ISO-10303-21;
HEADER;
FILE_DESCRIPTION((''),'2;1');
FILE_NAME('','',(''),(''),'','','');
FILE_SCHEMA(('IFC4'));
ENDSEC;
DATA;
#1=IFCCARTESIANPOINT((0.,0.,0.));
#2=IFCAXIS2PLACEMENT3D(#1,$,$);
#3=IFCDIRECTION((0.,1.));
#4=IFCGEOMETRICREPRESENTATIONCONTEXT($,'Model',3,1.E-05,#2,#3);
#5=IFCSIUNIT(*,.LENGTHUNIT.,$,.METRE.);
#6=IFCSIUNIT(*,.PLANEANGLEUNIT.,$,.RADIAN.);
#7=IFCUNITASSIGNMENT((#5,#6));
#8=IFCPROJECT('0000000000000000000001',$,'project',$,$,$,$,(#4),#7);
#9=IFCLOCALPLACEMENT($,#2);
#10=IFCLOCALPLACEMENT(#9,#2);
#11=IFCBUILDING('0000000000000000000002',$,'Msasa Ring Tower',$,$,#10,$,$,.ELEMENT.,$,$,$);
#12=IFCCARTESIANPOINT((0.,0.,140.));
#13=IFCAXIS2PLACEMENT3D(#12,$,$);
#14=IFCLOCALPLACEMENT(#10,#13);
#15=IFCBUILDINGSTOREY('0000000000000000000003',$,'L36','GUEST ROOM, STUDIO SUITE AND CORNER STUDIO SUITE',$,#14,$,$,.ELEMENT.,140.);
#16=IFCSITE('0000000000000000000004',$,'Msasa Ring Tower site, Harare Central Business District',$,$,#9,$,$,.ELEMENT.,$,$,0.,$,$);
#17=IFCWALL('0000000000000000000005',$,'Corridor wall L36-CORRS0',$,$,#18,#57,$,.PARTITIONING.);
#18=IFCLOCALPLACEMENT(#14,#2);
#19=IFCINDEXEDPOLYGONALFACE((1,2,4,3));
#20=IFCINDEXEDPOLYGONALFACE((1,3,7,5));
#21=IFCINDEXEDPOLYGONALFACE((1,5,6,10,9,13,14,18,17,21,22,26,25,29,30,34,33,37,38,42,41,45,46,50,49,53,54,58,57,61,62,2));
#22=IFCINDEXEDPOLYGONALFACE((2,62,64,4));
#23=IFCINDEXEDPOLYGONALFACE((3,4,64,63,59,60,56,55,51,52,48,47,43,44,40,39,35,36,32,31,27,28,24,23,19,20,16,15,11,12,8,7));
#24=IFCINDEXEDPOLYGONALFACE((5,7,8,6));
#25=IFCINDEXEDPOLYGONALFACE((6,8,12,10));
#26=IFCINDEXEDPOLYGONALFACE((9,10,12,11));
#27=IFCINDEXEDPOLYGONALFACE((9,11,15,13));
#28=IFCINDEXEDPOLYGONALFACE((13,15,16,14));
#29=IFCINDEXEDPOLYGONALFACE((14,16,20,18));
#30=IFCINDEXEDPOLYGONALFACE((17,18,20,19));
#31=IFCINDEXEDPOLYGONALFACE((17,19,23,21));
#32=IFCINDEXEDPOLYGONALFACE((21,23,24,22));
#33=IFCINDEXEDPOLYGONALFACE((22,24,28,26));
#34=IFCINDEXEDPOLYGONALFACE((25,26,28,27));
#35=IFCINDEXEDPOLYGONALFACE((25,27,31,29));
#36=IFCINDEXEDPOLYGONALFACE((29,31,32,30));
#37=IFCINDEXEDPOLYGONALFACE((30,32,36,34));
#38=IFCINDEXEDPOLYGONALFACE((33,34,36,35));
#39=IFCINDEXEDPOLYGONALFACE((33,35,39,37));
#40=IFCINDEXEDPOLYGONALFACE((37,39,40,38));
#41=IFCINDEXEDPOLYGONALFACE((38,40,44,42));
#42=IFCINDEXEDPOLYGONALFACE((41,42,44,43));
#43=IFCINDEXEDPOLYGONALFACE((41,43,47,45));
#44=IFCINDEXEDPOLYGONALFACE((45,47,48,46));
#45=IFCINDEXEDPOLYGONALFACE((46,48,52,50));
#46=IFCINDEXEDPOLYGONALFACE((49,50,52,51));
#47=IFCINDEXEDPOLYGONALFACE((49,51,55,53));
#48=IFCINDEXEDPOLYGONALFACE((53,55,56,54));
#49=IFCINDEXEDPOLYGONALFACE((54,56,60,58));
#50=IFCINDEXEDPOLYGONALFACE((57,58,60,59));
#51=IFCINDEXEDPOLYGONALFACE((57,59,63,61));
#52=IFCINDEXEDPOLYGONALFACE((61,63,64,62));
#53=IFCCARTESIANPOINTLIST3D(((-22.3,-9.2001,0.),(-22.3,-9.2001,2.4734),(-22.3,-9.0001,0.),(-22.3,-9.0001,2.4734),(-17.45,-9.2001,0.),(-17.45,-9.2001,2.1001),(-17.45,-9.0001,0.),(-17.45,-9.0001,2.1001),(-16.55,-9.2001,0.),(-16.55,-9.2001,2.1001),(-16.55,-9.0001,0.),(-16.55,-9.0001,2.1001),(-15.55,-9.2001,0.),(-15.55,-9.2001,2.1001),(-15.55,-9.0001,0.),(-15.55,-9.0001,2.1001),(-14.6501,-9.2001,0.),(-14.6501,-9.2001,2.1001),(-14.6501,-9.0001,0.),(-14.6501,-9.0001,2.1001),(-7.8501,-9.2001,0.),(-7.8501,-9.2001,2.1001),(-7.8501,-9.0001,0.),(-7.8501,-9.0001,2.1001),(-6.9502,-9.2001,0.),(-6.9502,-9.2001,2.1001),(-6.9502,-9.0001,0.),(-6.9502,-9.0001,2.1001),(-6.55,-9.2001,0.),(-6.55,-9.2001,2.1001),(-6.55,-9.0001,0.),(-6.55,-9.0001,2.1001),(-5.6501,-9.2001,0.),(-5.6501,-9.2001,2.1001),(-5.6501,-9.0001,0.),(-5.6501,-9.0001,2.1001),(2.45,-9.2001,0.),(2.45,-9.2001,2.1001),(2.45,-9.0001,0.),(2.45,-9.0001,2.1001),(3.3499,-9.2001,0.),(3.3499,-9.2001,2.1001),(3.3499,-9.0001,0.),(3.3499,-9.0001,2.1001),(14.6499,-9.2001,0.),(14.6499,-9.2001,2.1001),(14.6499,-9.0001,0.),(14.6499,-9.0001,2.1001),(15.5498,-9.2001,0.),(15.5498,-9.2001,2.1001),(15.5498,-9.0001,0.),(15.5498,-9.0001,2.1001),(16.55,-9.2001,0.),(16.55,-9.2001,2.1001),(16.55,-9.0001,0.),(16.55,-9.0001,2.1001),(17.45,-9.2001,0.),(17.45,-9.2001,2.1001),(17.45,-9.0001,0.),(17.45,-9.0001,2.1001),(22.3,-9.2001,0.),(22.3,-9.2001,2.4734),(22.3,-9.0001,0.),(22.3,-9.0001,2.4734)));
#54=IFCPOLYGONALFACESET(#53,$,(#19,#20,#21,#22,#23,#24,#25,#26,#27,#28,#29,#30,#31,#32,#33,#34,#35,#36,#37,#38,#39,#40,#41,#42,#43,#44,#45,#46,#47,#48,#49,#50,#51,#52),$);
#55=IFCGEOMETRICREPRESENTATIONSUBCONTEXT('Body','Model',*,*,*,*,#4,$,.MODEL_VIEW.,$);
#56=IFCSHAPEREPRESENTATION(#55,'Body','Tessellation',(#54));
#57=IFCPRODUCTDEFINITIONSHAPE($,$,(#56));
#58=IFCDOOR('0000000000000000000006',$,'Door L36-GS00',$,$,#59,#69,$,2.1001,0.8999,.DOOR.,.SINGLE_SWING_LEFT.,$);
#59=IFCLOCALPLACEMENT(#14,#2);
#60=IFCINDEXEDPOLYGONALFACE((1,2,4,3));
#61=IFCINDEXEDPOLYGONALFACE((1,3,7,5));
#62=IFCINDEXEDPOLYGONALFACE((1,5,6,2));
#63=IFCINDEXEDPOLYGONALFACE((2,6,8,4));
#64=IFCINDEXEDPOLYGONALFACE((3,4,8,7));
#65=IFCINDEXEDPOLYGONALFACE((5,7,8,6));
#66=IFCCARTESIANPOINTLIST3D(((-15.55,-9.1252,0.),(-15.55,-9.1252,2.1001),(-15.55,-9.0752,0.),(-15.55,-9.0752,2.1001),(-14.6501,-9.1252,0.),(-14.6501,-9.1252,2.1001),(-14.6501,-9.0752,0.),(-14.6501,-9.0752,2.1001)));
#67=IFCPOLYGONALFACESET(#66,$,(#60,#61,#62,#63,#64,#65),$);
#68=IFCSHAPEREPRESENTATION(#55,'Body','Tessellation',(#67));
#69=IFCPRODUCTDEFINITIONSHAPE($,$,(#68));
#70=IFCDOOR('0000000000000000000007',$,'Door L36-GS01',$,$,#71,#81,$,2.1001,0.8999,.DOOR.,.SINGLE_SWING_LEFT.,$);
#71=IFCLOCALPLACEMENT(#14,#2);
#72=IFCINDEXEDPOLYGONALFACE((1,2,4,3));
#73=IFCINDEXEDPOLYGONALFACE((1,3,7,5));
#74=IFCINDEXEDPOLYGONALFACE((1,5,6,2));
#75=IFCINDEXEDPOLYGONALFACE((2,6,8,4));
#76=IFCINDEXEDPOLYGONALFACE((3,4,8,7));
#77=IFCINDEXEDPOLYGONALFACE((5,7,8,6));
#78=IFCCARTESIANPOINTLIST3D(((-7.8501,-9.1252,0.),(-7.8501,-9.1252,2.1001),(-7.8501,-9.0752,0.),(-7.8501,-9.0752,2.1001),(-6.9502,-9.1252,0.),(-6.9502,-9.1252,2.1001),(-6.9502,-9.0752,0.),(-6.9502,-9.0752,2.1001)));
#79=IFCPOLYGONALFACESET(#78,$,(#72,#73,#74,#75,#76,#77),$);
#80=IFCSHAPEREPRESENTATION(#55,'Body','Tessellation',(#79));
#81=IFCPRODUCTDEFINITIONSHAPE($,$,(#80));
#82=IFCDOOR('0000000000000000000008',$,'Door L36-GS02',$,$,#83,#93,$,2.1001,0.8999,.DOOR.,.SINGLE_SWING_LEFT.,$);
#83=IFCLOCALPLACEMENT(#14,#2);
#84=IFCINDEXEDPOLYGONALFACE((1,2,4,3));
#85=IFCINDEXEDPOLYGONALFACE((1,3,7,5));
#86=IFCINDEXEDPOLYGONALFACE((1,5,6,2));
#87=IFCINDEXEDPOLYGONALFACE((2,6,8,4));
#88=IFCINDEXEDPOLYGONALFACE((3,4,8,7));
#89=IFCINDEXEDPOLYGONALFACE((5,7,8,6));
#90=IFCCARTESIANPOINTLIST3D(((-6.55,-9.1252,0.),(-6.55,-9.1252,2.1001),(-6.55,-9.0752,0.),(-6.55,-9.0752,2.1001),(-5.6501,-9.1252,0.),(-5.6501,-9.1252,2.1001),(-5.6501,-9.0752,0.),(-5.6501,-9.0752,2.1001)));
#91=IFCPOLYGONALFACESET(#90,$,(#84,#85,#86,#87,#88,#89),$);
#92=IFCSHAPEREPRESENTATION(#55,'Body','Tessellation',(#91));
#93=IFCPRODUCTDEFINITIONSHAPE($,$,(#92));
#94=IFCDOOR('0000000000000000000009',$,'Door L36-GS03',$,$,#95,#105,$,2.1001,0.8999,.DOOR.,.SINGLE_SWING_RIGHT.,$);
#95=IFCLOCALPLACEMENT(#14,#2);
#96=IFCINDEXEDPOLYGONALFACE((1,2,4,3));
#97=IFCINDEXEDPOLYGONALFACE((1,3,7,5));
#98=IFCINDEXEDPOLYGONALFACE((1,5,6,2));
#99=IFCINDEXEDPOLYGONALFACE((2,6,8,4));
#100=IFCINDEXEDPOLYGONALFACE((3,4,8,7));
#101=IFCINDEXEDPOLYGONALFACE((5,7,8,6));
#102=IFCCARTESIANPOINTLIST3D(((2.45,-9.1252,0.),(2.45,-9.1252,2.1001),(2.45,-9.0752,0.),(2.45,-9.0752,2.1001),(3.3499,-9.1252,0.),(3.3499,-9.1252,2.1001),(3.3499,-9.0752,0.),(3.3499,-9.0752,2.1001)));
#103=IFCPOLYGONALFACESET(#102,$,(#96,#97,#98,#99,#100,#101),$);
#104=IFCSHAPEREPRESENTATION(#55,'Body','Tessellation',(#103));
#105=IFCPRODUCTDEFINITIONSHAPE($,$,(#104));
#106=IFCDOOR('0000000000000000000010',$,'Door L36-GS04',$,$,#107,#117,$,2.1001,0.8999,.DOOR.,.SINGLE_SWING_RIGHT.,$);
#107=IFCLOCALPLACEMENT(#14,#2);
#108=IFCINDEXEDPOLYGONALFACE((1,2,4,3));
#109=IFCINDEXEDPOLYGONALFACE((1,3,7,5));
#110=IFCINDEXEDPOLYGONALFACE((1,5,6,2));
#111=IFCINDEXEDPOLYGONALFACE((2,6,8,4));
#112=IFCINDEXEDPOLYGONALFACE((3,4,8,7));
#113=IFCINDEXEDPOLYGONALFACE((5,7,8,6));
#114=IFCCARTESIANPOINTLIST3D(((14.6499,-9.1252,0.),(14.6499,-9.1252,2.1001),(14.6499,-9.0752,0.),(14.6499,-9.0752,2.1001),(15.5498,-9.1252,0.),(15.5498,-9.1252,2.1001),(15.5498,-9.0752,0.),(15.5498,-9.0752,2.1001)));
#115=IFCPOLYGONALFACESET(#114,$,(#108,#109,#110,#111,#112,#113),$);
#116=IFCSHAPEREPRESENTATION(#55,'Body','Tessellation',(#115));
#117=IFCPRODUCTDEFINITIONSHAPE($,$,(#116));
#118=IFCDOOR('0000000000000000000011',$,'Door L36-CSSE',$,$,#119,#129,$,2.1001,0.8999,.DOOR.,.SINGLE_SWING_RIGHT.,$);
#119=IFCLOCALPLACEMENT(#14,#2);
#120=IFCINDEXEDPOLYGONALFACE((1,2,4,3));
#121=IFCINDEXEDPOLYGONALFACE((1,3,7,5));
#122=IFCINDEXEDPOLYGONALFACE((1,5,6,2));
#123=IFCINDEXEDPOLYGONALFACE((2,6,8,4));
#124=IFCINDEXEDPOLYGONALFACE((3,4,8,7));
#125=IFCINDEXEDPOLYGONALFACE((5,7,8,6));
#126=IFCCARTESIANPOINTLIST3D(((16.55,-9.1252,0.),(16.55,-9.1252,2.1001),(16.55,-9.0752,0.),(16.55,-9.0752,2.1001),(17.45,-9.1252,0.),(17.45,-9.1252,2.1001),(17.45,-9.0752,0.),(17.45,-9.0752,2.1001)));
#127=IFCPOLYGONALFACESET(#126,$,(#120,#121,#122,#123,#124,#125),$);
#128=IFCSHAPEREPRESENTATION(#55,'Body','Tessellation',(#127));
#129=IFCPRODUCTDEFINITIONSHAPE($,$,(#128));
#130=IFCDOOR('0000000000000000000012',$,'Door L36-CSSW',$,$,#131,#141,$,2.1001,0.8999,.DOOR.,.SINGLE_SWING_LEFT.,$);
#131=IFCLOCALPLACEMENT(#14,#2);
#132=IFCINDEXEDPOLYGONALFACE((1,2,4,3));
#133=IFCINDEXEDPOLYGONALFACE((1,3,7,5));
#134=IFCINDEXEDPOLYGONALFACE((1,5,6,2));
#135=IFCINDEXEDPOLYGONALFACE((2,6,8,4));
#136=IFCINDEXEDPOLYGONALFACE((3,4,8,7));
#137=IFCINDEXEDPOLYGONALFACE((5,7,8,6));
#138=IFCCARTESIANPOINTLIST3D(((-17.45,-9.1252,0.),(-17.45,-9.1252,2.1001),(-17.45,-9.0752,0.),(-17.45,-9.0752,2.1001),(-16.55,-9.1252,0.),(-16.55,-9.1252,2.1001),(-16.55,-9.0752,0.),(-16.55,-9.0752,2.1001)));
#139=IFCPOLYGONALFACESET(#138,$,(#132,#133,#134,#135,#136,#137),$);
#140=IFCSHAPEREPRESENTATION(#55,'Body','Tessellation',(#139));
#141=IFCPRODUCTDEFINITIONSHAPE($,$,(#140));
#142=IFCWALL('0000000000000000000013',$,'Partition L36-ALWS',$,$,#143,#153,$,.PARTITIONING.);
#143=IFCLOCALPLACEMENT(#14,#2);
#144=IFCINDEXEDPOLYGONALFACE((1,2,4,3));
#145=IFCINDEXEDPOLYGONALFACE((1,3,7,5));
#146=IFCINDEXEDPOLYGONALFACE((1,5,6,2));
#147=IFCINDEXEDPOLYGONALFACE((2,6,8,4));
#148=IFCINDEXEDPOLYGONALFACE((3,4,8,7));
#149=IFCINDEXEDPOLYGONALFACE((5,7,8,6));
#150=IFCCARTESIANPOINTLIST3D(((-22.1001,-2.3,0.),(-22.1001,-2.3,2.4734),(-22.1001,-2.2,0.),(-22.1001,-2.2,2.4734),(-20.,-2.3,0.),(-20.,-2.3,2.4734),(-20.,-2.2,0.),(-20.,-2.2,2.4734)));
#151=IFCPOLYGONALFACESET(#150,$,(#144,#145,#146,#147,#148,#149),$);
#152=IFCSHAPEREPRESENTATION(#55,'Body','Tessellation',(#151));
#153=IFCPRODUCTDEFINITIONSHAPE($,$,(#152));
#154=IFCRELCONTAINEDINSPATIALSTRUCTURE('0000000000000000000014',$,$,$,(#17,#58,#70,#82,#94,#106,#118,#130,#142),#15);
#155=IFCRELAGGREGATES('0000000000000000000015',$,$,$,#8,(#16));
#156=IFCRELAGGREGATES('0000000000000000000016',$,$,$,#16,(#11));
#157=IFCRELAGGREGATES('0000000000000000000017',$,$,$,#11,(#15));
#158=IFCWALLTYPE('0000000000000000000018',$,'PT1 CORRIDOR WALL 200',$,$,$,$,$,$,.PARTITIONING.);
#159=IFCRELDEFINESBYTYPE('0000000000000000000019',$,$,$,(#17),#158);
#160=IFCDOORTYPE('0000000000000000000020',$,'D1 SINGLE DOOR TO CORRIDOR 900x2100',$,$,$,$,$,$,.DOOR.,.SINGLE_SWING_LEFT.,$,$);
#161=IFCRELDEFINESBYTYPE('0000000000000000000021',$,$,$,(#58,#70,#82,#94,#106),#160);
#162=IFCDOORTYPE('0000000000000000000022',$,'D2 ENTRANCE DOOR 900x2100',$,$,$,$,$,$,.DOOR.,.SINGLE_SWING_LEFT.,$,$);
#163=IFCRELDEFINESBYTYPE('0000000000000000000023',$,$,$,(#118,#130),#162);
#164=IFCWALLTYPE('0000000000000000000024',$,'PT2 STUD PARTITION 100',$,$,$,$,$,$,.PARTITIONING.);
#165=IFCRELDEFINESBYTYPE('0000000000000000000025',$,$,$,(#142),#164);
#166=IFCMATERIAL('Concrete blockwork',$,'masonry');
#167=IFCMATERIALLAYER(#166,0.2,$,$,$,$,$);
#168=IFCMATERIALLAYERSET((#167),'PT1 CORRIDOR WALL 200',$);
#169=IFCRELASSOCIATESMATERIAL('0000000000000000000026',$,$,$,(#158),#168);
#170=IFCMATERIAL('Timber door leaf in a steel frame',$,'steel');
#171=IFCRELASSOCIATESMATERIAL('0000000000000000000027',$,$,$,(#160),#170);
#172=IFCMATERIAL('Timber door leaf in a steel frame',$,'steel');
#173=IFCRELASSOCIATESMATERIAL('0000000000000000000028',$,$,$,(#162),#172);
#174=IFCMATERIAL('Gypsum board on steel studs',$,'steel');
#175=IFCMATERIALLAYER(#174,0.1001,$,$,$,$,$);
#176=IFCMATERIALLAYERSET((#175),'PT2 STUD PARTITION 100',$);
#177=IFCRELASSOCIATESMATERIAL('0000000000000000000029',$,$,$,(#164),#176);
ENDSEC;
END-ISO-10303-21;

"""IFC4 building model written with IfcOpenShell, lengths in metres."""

from ifc_helpers import new_model, si_unit, direction, frame, frame_2d, origin, place, context, subcontext, project, spatial, rectangle, extrude, material, layer, layer_set, type_object, element, fill, save


model = new_model("IFC4")

# Units and contexts
model_context = context("Model", 3, precision=1e-05, world=origin(), true_north=direction((0.0, 1.0)))
body_context = subcontext(model_context, "Body", "Model", "MODEL_VIEW")
ifc_project = project(units=[si_unit("LENGTHUNIT", "METRE"), si_unit("PLANEANGLEUNIT", "RADIAN")], contexts=[model_context])

# Site, building, storey
site_placement = place(None, origin())
site = spatial("IfcSite", under=ifc_project, at=site_placement, Name="Msasa Ring Tower site, Harare Central Business District", CompositionType="ELEMENT", RefElevation=0.0)
building_placement = place(site_placement, origin())
building = spatial("IfcBuilding", under=site, at=building_placement, Name="Msasa Ring Tower", CompositionType="ELEMENT")
storey_placement = place(building_placement, frame((0.0, 0.0, 140.0)))
storey = spatial("IfcBuildingStorey", under=building, at=storey_placement, Name="L36", Description="GUEST ROOM, STUDIO SUITE AND CORNER STUDIO SUITE", CompositionType="ELEMENT", Elevation=140.0)

# Wall, openings, doors
ifc_material_1 = material(Name="Concrete blockwork", Category="masonry")
ifc_layer_1 = layer(ifc_material_1, 0.2)
ifc_layer_set_1 = layer_set([ifc_layer_1], Name="PT1 CORRIDOR WALL 200")
wall_type_1 = type_object("IfcWallType", Name="PT1 CORRIDOR WALL 200", PredefinedType="PARTITIONING", material=ifc_layer_set_1)
wall_1_placement = place(storey_placement, frame((-22.3, -9.1001, 0.0), z_axis=(0.0, 0.0, 1.0), x_axis=(1.0, 0.0, 0.0)))
wall_1 = element("IfcWall", 1, at=wall_1_placement, inside=storey, type_object=wall_type_1, Name="Corridor wall L36-CORRS0", PredefinedType="PARTITIONING", context=body_context, shape_type="SweptSolid", body=[
    extrude(rectangle(XDim=44.6001, YDim=0.2, at=frame_2d((22.3, 0.0))), origin(), (0.0, 0.0, 1.0), 2.4734),
])
opening_1_placement = place(wall_1_placement, frame((6.75, 0.0, 0.0)))
opening_1 = element("IfcOpeningElement", 2, at=opening_1_placement, cuts=wall_1, PredefinedType="OPENING", context=body_context, shape_type="SweptSolid", body=[
    extrude(rectangle(XDim=0.8999, YDim=2.1001, at=frame_2d((0.45, 1.05))), frame((0.0, 0.1099, 0.0), z_axis=(0.0, -1.0, 0.0), x_axis=(1.0, 0.0, 0.0)), (0.0, 0.0, 1.0), 0.22),
])
opening_2_placement = place(wall_1_placement, frame((14.45, 0.0, 0.0)))
opening_2 = element("IfcOpeningElement", 3, at=opening_2_placement, cuts=wall_1, PredefinedType="OPENING", context=body_context, shape_type="SweptSolid", body=[
    extrude(rectangle(XDim=0.8999, YDim=2.1001, at=frame_2d((0.45, 1.05))), frame((0.0, 0.1099, 0.0), z_axis=(0.0, -1.0, 0.0), x_axis=(1.0, 0.0, 0.0)), (0.0, 0.0, 1.0), 0.22),
])
opening_3_placement = place(wall_1_placement, frame((15.75, 0.0, 0.0)))
opening_3 = element("IfcOpeningElement", 4, at=opening_3_placement, cuts=wall_1, PredefinedType="OPENING", context=body_context, shape_type="SweptSolid", body=[
    extrude(rectangle(XDim=0.8999, YDim=2.1001, at=frame_2d((0.45, 1.05))), frame((0.0, 0.1099, 0.0), z_axis=(0.0, -1.0, 0.0), x_axis=(1.0, 0.0, 0.0)), (0.0, 0.0, 1.0), 0.22),
])
opening_4_placement = place(wall_1_placement, frame((24.75, 0.0, 0.0)))
opening_4 = element("IfcOpeningElement", 5, at=opening_4_placement, cuts=wall_1, PredefinedType="OPENING", context=body_context, shape_type="SweptSolid", body=[
    extrude(rectangle(XDim=0.8999, YDim=2.1001, at=frame_2d((0.45, 1.05))), frame((0.0, 0.1099, 0.0), z_axis=(0.0, -1.0, 0.0), x_axis=(1.0, 0.0, 0.0)), (0.0, 0.0, 1.0), 0.22),
])
opening_5_placement = place(wall_1_placement, frame((36.95, 0.0, 0.0)))
opening_5 = element("IfcOpeningElement", 6, at=opening_5_placement, cuts=wall_1, PredefinedType="OPENING", context=body_context, shape_type="SweptSolid", body=[
    extrude(rectangle(XDim=0.8999, YDim=2.1001, at=frame_2d((0.45, 1.05))), frame((0.0, 0.1099, 0.0), z_axis=(0.0, -1.0, 0.0), x_axis=(1.0, 0.0, 0.0)), (0.0, 0.0, 1.0), 0.22),
])
opening_6_placement = place(wall_1_placement, frame((38.8501, 0.0, 0.0)))
opening_6 = element("IfcOpeningElement", 7, at=opening_6_placement, cuts=wall_1, PredefinedType="OPENING", context=body_context, shape_type="SweptSolid", body=[
    extrude(rectangle(XDim=0.8999, YDim=2.1001, at=frame_2d((0.45, 1.05))), frame((0.0, 0.1099, 0.0), z_axis=(0.0, -1.0, 0.0), x_axis=(1.0, 0.0, 0.0)), (0.0, 0.0, 1.0), 0.22),
])
opening_7_placement = place(wall_1_placement, frame((4.8501, 0.0, 0.0)))
opening_7 = element("IfcOpeningElement", 8, at=opening_7_placement, cuts=wall_1, PredefinedType="OPENING", context=body_context, shape_type="SweptSolid", body=[
    extrude(rectangle(XDim=0.8999, YDim=2.1001, at=frame_2d((0.45, 1.05))), frame((0.0, 0.1099, 0.0), z_axis=(0.0, -1.0, 0.0), x_axis=(1.0, 0.0, 0.0)), (0.0, 0.0, 1.0), 0.22),
])
ifc_material_2 = material(Name="Timber door leaf in a steel frame", Category="steel")
door_type_1 = type_object("IfcDoorType", Name="D1 SINGLE DOOR TO CORRIDOR 900x2100", OperationType="SINGLE_SWING_LEFT", PredefinedType="DOOR", material=ifc_material_2)
door_1_placement = place(opening_1_placement, origin())
door_1 = element("IfcDoor", 9, at=door_1_placement, inside=storey, type_object=door_type_1, Name="Door L36-GS00", OperationType="SINGLE_SWING_LEFT", OverallHeight=2.1001, OverallWidth=0.8999, PredefinedType="DOOR", context=body_context, shape_type="SweptSolid", body=[
    extrude(rectangle(XDim=0.8999, YDim=2.1001, at=frame_2d((0.45, 1.05))), frame((0.0, 0.0249, 0.0), z_axis=(0.0, -1.0, 0.0), x_axis=(1.0, 0.0, 0.0)), (0.0, 0.0, 1.0), 0.05),
])
fill(opening_1, door_1)
door_2_placement = place(opening_2_placement, origin())
door_2 = element("IfcDoor", 10, at=door_2_placement, inside=storey, type_object=door_type_1, Name="Door L36-GS01", OperationType="SINGLE_SWING_LEFT", OverallHeight=2.1001, OverallWidth=0.8999, PredefinedType="DOOR", context=body_context, shape_type="SweptSolid", body=[
    extrude(rectangle(XDim=0.8999, YDim=2.1001, at=frame_2d((0.45, 1.05))), frame((0.0, 0.0249, 0.0), z_axis=(0.0, -1.0, 0.0), x_axis=(1.0, 0.0, 0.0)), (0.0, 0.0, 1.0), 0.05),
])
fill(opening_2, door_2)
door_3_placement = place(opening_3_placement, origin())
door_3 = element("IfcDoor", 11, at=door_3_placement, inside=storey, type_object=door_type_1, Name="Door L36-GS02", OperationType="SINGLE_SWING_LEFT", OverallHeight=2.1001, OverallWidth=0.8999, PredefinedType="DOOR", context=body_context, shape_type="SweptSolid", body=[
    extrude(rectangle(XDim=0.8999, YDim=2.1001, at=frame_2d((0.45, 1.05))), frame((0.0, 0.0249, 0.0), z_axis=(0.0, -1.0, 0.0), x_axis=(1.0, 0.0, 0.0)), (0.0, 0.0, 1.0), 0.05),
])
fill(opening_3, door_3)
door_4_placement = place(opening_4_placement, origin())
door_4 = element("IfcDoor", 12, at=door_4_placement, inside=storey, type_object=door_type_1, Name="Door L36-GS03", OperationType="SINGLE_SWING_RIGHT", OverallHeight=2.1001, OverallWidth=0.8999, PredefinedType="DOOR", context=body_context, shape_type="SweptSolid", body=[
    extrude(rectangle(XDim=0.8999, YDim=2.1001, at=frame_2d((0.45, 1.05))), frame((0.0, 0.0249, 0.0), z_axis=(0.0, -1.0, 0.0), x_axis=(1.0, 0.0, 0.0)), (0.0, 0.0, 1.0), 0.05),
])
fill(opening_4, door_4)
door_5_placement = place(opening_5_placement, origin())
door_5 = element("IfcDoor", 13, at=door_5_placement, inside=storey, type_object=door_type_1, Name="Door L36-GS04", OperationType="SINGLE_SWING_RIGHT", OverallHeight=2.1001, OverallWidth=0.8999, PredefinedType="DOOR", context=body_context, shape_type="SweptSolid", body=[
    extrude(rectangle(XDim=0.8999, YDim=2.1001, at=frame_2d((0.45, 1.05))), frame((0.0, 0.0249, 0.0), z_axis=(0.0, -1.0, 0.0), x_axis=(1.0, 0.0, 0.0)), (0.0, 0.0, 1.0), 0.05),
])
fill(opening_5, door_5)
ifc_material_3 = material(Name="Timber door leaf in a steel frame", Category="steel")
door_type_2 = type_object("IfcDoorType", Name="D2 ENTRANCE DOOR 900x2100", OperationType="SINGLE_SWING_LEFT", PredefinedType="DOOR", material=ifc_material_3)
door_6_placement = place(opening_6_placement, origin())
door_6 = element("IfcDoor", 14, at=door_6_placement, inside=storey, type_object=door_type_2, Name="Door L36-CSSE", OperationType="SINGLE_SWING_RIGHT", OverallHeight=2.1001, OverallWidth=0.8999, PredefinedType="DOOR", context=body_context, shape_type="SweptSolid", body=[
    extrude(rectangle(XDim=0.8999, YDim=2.1001, at=frame_2d((0.45, 1.05))), frame((0.0, 0.0249, 0.0), z_axis=(0.0, -1.0, 0.0), x_axis=(1.0, 0.0, 0.0)), (0.0, 0.0, 1.0), 0.05),
])
fill(opening_6, door_6)
door_7_placement = place(opening_7_placement, origin())
door_7 = element("IfcDoor", 15, at=door_7_placement, inside=storey, type_object=door_type_2, Name="Door L36-CSSW", OperationType="SINGLE_SWING_LEFT", OverallHeight=2.1001, OverallWidth=0.8999, PredefinedType="DOOR", context=body_context, shape_type="SweptSolid", body=[
    extrude(rectangle(XDim=0.8999, YDim=2.1001, at=frame_2d((0.45, 1.05))), frame((0.0, 0.0249, 0.0), z_axis=(0.0, -1.0, 0.0), x_axis=(1.0, 0.0, 0.0)), (0.0, 0.0, 1.0), 0.05),
])
fill(opening_7, door_7)

# Wall
ifc_material_4 = material(Name="Gypsum board on steel studs", Category="steel")
ifc_layer_2 = layer(ifc_material_4, 0.1001)
ifc_layer_set_2 = layer_set([ifc_layer_2], Name="PT2 STUD PARTITION 100")
wall_type_2 = type_object("IfcWallType", Name="PT2 STUD PARTITION 100", PredefinedType="PARTITIONING", material=ifc_layer_set_2)
wall_2_placement = place(storey_placement, frame((-22.1001, -2.25, 0.0), z_axis=(0.0, 0.0, 1.0), x_axis=(1.0, 0.0, 0.0)))
element("IfcWall", 16, at=wall_2_placement, inside=storey, type_object=wall_type_2, Name="Partition L36-ALWS", PredefinedType="PARTITIONING", context=body_context, shape_type="SweptSolid", body=[
    extrude(rectangle(XDim=2.1001, YDim=0.1001, at=frame_2d((1.05, 0.0))), origin(), (0.0, 0.0, 1.0), 2.4734),
])

save(model, "model.ifc")
